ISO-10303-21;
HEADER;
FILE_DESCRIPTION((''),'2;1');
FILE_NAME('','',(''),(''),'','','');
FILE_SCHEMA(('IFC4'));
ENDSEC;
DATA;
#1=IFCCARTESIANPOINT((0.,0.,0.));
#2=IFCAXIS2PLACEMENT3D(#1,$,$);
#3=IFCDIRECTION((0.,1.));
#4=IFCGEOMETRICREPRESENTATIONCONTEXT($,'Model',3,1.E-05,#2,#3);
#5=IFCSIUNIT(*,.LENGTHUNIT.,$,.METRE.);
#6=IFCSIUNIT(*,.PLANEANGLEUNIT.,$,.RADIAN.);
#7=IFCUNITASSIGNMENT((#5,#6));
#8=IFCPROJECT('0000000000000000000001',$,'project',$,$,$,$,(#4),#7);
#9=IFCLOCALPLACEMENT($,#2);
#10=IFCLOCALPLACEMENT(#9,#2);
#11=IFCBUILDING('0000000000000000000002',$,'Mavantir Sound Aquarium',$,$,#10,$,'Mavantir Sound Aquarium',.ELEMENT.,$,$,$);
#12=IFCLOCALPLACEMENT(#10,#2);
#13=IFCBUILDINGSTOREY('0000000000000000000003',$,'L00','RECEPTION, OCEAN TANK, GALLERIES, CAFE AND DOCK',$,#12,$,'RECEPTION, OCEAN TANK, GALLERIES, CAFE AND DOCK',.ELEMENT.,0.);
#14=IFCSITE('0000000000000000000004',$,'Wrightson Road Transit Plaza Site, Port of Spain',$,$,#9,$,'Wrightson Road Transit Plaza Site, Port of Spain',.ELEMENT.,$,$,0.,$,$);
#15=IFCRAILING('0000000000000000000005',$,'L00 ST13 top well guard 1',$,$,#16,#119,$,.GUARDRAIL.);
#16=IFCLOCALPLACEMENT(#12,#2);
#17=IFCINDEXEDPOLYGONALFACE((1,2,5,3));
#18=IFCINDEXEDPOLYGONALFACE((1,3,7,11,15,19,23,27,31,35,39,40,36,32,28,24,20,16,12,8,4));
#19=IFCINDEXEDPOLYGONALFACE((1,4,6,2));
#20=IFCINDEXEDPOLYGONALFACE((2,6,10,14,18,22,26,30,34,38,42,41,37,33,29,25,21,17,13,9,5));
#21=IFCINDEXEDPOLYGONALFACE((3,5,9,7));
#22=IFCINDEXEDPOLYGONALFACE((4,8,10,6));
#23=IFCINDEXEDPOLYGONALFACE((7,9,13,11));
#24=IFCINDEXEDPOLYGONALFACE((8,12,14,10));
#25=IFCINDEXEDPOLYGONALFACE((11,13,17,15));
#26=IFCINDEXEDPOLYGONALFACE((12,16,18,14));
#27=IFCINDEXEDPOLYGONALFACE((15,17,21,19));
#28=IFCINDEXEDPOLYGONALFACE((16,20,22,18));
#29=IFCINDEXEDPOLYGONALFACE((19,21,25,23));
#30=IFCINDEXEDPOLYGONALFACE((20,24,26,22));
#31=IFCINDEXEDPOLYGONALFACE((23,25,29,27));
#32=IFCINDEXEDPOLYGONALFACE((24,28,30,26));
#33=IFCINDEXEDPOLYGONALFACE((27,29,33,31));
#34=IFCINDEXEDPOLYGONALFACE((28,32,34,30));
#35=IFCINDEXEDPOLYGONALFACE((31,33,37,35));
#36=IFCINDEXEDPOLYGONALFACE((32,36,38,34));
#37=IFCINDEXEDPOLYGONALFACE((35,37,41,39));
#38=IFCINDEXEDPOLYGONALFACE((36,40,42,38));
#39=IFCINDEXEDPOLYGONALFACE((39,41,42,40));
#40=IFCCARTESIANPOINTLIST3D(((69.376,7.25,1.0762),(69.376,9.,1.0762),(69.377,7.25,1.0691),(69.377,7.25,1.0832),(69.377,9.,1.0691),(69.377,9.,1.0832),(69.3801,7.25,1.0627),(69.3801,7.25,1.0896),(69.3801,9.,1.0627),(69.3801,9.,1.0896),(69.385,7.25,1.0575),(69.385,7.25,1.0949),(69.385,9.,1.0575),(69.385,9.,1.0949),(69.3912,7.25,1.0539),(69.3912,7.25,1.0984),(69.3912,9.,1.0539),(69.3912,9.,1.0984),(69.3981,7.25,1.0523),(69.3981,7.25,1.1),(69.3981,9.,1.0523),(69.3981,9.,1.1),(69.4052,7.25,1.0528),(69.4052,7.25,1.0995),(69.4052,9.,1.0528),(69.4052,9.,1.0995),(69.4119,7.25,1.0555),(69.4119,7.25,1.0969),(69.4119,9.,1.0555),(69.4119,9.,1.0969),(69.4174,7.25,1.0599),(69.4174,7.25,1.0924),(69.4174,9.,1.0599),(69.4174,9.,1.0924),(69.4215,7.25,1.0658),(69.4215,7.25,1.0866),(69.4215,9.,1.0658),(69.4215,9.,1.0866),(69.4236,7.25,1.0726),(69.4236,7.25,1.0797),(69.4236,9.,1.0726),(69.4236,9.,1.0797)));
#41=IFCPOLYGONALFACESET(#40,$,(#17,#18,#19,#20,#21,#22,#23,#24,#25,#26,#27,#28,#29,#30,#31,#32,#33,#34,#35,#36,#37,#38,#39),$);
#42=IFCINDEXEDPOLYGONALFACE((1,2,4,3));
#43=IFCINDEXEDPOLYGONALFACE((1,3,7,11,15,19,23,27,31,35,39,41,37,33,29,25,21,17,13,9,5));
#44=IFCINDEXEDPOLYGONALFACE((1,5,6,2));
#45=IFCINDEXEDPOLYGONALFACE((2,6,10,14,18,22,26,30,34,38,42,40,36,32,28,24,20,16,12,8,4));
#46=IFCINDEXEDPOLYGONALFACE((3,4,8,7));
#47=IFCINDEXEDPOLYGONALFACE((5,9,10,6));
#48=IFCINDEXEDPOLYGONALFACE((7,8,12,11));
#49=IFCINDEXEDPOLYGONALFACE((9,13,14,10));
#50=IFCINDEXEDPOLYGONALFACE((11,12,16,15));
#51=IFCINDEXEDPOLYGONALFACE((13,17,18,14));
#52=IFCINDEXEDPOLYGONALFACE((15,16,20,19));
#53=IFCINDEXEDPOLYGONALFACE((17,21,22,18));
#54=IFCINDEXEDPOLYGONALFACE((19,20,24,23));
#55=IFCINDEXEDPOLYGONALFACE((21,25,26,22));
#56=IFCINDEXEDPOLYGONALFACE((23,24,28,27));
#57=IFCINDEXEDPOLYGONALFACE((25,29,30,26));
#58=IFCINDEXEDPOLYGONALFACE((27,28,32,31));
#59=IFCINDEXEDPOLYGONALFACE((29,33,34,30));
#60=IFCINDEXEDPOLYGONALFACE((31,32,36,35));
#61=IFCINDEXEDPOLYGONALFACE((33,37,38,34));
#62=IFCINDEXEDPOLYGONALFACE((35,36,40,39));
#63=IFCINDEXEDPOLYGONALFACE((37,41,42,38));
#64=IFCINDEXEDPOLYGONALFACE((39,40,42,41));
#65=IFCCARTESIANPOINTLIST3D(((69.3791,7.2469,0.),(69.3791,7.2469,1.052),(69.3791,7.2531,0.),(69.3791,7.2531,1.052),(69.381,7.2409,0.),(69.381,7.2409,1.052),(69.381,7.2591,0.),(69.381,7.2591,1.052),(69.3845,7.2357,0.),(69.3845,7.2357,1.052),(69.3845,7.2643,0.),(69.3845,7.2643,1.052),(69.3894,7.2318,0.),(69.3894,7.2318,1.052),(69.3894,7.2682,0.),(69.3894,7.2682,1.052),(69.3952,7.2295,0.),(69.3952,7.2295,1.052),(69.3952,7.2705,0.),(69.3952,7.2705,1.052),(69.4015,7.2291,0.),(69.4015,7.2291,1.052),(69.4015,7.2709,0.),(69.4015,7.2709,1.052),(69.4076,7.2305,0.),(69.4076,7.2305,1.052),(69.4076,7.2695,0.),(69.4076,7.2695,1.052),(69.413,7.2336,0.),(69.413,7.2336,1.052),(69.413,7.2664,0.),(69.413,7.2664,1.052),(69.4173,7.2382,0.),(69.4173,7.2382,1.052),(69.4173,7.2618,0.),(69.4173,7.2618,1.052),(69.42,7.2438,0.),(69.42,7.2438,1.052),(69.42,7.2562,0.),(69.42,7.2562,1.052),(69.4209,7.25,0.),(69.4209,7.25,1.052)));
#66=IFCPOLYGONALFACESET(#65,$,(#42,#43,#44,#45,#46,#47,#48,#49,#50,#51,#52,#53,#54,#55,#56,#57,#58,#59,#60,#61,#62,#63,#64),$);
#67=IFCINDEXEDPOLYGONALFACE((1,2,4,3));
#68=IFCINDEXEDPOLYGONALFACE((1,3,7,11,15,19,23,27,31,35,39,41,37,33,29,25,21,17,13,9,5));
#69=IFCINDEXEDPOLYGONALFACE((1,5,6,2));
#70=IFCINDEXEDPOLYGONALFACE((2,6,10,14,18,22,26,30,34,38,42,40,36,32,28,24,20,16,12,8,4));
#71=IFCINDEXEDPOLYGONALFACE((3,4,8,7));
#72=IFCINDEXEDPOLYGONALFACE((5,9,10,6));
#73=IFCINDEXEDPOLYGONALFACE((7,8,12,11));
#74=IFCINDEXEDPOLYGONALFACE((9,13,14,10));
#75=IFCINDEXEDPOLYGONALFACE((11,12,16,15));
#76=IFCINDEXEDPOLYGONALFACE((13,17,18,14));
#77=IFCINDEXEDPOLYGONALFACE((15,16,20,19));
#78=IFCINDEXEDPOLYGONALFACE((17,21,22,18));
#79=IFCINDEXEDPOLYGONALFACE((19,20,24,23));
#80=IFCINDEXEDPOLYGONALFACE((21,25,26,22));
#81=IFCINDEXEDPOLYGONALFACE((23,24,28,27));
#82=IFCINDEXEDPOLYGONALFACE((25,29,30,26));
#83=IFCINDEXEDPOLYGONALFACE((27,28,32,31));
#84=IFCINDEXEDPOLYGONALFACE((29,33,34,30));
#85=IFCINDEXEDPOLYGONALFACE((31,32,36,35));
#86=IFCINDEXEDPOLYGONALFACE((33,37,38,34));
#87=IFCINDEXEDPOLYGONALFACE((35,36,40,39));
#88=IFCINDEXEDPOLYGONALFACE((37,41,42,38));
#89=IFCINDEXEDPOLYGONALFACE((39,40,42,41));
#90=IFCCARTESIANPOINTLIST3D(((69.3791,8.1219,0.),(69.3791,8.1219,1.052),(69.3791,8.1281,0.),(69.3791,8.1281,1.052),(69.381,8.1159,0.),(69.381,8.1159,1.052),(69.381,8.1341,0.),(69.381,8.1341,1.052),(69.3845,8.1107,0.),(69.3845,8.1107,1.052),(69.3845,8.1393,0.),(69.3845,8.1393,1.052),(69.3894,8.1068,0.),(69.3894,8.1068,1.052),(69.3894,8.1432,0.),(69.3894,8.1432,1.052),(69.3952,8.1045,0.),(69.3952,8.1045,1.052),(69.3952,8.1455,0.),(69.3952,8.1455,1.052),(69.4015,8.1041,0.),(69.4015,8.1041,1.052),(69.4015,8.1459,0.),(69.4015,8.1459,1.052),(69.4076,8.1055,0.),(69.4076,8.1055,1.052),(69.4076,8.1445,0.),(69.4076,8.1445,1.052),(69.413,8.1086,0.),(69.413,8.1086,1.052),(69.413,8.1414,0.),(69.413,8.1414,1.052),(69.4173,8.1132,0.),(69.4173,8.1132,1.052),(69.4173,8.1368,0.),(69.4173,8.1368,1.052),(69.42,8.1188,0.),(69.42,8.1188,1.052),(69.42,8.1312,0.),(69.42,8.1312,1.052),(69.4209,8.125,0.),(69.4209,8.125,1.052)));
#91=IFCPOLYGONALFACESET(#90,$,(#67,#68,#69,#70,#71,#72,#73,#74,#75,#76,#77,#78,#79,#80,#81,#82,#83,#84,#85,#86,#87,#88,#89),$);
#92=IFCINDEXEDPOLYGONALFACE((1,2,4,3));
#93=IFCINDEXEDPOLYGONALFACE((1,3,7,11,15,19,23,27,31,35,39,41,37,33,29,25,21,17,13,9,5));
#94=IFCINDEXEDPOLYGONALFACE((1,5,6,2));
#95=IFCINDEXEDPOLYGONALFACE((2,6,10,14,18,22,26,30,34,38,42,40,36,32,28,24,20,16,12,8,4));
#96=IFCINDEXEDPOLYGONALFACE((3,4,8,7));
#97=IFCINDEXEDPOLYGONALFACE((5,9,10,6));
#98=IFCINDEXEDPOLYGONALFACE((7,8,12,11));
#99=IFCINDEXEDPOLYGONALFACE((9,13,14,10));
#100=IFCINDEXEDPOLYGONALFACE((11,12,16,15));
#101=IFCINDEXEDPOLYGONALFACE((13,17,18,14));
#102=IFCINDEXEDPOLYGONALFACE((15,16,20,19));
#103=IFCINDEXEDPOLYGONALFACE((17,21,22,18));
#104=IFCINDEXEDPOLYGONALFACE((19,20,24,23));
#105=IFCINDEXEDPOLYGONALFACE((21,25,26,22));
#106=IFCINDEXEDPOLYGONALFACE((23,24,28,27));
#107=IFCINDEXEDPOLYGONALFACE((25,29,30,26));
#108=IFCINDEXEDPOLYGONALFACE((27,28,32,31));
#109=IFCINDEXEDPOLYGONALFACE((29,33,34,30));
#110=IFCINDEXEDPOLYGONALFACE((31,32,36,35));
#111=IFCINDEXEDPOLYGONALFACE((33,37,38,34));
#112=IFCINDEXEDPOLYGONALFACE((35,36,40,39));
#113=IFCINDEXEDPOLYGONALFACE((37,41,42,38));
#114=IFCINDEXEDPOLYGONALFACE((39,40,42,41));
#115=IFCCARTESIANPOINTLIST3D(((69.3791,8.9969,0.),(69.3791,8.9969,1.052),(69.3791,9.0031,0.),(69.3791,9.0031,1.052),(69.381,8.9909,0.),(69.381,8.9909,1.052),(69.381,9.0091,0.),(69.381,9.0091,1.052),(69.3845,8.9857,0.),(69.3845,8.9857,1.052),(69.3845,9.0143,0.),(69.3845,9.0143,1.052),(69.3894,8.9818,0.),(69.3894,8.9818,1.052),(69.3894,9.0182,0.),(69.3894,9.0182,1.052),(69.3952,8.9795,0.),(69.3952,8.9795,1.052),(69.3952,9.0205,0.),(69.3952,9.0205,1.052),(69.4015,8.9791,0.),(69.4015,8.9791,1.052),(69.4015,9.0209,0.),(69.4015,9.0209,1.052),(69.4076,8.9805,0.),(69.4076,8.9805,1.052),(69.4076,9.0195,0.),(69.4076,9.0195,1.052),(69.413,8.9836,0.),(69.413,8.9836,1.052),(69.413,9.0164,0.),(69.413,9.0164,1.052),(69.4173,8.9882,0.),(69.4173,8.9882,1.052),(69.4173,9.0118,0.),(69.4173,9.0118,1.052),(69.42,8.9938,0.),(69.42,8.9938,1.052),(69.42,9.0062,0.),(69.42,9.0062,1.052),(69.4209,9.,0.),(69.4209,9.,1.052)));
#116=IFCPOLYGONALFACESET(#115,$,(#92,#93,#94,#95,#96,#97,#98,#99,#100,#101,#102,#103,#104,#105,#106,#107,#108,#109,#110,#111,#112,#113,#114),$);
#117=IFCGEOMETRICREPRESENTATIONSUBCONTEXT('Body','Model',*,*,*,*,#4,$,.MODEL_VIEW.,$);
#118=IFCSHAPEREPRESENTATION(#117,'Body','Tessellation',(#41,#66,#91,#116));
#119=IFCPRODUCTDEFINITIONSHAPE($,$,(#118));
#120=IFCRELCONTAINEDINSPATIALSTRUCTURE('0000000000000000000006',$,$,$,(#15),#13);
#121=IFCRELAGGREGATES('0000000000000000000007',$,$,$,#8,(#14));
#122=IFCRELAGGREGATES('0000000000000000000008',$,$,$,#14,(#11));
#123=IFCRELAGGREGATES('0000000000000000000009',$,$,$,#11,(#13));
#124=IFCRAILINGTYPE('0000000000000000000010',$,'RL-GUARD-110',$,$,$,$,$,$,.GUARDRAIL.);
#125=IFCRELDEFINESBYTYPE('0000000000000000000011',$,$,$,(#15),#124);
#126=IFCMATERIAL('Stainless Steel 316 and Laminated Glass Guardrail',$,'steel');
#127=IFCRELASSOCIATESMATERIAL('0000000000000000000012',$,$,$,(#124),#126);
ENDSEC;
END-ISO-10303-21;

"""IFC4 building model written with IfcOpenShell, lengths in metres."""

from ifc_helpers import new_model, si_unit, direction, frame, origin, origin_2d, place, context, subcontext, project, spatial, circle, extrude, material, type_object, element, save


model = new_model("IFC4")

# Units and contexts
model_context = context("Model", 3, precision=1e-05, world=origin(), true_north=direction((0.0, 1.0)))
body_context = subcontext(model_context, "Body", "Model", "MODEL_VIEW")
ifc_project = project(units=[si_unit("LENGTHUNIT", "METRE"), si_unit("PLANEANGLEUNIT", "RADIAN")], contexts=[model_context])

# Site, building, storey
site_placement = place(None, origin())
site = spatial("IfcSite", under=ifc_project, at=site_placement, Name="Wrightson Road Transit Plaza Site, Port of Spain", LongName="Wrightson Road Transit Plaza Site, Port of Spain", CompositionType="ELEMENT", RefElevation=0.0)
building_placement = place(site_placement, origin())
building = spatial("IfcBuilding", under=site, at=building_placement, Name="Mavantir Sound Aquarium", LongName="Mavantir Sound Aquarium", CompositionType="ELEMENT")
storey_placement = place(building_placement, origin())
storey = spatial("IfcBuildingStorey", under=building, at=storey_placement, Name="L00", Description="RECEPTION, OCEAN TANK, GALLERIES, CAFE AND DOCK", LongName="RECEPTION, OCEAN TANK, GALLERIES, CAFE AND DOCK", CompositionType="ELEMENT", Elevation=0.0)

# Railing
ifc_material_1 = material(Name="Stainless Steel 316 and Laminated Glass Guardrail", Category="steel")
railing_type = type_object("IfcRailingType", Name="RL-GUARD-110", PredefinedType="GUARDRAIL", material=ifc_material_1)
railing_placement = place(storey_placement, frame((69.3999, 7.25, 0.0)))
element("IfcRailing", 1, at=railing_placement, inside=storey, type_object=railing_type, Name="L00 ST13 top well guard 1", PredefinedType="GUARDRAIL", context=body_context, shape_type="SweptSolid", body=[
    extrude(circle(Radius=0.0239, at=origin_2d()), frame((0.0, 0.0, 1.0762), z_axis=(0.0, 1.0, 0.0), x_axis=(-1.0, 0.0, 0.0)), (0.0, 0.0, 1.0), 1.75),
    extrude(circle(Radius=0.021, at=origin_2d()), origin(), (0.0, 0.0, 1.0), 1.052),
    extrude(circle(Radius=0.021, at=origin_2d()), frame((0.0, 0.875, 0.0)), (0.0, 0.0, 1.0), 1.052),
    extrude(circle(Radius=0.021, at=origin_2d()), frame((0.0, 1.75, 0.0)), (0.0, 0.0, 1.0), 1.052),
])

save(model, "model.ifc")
